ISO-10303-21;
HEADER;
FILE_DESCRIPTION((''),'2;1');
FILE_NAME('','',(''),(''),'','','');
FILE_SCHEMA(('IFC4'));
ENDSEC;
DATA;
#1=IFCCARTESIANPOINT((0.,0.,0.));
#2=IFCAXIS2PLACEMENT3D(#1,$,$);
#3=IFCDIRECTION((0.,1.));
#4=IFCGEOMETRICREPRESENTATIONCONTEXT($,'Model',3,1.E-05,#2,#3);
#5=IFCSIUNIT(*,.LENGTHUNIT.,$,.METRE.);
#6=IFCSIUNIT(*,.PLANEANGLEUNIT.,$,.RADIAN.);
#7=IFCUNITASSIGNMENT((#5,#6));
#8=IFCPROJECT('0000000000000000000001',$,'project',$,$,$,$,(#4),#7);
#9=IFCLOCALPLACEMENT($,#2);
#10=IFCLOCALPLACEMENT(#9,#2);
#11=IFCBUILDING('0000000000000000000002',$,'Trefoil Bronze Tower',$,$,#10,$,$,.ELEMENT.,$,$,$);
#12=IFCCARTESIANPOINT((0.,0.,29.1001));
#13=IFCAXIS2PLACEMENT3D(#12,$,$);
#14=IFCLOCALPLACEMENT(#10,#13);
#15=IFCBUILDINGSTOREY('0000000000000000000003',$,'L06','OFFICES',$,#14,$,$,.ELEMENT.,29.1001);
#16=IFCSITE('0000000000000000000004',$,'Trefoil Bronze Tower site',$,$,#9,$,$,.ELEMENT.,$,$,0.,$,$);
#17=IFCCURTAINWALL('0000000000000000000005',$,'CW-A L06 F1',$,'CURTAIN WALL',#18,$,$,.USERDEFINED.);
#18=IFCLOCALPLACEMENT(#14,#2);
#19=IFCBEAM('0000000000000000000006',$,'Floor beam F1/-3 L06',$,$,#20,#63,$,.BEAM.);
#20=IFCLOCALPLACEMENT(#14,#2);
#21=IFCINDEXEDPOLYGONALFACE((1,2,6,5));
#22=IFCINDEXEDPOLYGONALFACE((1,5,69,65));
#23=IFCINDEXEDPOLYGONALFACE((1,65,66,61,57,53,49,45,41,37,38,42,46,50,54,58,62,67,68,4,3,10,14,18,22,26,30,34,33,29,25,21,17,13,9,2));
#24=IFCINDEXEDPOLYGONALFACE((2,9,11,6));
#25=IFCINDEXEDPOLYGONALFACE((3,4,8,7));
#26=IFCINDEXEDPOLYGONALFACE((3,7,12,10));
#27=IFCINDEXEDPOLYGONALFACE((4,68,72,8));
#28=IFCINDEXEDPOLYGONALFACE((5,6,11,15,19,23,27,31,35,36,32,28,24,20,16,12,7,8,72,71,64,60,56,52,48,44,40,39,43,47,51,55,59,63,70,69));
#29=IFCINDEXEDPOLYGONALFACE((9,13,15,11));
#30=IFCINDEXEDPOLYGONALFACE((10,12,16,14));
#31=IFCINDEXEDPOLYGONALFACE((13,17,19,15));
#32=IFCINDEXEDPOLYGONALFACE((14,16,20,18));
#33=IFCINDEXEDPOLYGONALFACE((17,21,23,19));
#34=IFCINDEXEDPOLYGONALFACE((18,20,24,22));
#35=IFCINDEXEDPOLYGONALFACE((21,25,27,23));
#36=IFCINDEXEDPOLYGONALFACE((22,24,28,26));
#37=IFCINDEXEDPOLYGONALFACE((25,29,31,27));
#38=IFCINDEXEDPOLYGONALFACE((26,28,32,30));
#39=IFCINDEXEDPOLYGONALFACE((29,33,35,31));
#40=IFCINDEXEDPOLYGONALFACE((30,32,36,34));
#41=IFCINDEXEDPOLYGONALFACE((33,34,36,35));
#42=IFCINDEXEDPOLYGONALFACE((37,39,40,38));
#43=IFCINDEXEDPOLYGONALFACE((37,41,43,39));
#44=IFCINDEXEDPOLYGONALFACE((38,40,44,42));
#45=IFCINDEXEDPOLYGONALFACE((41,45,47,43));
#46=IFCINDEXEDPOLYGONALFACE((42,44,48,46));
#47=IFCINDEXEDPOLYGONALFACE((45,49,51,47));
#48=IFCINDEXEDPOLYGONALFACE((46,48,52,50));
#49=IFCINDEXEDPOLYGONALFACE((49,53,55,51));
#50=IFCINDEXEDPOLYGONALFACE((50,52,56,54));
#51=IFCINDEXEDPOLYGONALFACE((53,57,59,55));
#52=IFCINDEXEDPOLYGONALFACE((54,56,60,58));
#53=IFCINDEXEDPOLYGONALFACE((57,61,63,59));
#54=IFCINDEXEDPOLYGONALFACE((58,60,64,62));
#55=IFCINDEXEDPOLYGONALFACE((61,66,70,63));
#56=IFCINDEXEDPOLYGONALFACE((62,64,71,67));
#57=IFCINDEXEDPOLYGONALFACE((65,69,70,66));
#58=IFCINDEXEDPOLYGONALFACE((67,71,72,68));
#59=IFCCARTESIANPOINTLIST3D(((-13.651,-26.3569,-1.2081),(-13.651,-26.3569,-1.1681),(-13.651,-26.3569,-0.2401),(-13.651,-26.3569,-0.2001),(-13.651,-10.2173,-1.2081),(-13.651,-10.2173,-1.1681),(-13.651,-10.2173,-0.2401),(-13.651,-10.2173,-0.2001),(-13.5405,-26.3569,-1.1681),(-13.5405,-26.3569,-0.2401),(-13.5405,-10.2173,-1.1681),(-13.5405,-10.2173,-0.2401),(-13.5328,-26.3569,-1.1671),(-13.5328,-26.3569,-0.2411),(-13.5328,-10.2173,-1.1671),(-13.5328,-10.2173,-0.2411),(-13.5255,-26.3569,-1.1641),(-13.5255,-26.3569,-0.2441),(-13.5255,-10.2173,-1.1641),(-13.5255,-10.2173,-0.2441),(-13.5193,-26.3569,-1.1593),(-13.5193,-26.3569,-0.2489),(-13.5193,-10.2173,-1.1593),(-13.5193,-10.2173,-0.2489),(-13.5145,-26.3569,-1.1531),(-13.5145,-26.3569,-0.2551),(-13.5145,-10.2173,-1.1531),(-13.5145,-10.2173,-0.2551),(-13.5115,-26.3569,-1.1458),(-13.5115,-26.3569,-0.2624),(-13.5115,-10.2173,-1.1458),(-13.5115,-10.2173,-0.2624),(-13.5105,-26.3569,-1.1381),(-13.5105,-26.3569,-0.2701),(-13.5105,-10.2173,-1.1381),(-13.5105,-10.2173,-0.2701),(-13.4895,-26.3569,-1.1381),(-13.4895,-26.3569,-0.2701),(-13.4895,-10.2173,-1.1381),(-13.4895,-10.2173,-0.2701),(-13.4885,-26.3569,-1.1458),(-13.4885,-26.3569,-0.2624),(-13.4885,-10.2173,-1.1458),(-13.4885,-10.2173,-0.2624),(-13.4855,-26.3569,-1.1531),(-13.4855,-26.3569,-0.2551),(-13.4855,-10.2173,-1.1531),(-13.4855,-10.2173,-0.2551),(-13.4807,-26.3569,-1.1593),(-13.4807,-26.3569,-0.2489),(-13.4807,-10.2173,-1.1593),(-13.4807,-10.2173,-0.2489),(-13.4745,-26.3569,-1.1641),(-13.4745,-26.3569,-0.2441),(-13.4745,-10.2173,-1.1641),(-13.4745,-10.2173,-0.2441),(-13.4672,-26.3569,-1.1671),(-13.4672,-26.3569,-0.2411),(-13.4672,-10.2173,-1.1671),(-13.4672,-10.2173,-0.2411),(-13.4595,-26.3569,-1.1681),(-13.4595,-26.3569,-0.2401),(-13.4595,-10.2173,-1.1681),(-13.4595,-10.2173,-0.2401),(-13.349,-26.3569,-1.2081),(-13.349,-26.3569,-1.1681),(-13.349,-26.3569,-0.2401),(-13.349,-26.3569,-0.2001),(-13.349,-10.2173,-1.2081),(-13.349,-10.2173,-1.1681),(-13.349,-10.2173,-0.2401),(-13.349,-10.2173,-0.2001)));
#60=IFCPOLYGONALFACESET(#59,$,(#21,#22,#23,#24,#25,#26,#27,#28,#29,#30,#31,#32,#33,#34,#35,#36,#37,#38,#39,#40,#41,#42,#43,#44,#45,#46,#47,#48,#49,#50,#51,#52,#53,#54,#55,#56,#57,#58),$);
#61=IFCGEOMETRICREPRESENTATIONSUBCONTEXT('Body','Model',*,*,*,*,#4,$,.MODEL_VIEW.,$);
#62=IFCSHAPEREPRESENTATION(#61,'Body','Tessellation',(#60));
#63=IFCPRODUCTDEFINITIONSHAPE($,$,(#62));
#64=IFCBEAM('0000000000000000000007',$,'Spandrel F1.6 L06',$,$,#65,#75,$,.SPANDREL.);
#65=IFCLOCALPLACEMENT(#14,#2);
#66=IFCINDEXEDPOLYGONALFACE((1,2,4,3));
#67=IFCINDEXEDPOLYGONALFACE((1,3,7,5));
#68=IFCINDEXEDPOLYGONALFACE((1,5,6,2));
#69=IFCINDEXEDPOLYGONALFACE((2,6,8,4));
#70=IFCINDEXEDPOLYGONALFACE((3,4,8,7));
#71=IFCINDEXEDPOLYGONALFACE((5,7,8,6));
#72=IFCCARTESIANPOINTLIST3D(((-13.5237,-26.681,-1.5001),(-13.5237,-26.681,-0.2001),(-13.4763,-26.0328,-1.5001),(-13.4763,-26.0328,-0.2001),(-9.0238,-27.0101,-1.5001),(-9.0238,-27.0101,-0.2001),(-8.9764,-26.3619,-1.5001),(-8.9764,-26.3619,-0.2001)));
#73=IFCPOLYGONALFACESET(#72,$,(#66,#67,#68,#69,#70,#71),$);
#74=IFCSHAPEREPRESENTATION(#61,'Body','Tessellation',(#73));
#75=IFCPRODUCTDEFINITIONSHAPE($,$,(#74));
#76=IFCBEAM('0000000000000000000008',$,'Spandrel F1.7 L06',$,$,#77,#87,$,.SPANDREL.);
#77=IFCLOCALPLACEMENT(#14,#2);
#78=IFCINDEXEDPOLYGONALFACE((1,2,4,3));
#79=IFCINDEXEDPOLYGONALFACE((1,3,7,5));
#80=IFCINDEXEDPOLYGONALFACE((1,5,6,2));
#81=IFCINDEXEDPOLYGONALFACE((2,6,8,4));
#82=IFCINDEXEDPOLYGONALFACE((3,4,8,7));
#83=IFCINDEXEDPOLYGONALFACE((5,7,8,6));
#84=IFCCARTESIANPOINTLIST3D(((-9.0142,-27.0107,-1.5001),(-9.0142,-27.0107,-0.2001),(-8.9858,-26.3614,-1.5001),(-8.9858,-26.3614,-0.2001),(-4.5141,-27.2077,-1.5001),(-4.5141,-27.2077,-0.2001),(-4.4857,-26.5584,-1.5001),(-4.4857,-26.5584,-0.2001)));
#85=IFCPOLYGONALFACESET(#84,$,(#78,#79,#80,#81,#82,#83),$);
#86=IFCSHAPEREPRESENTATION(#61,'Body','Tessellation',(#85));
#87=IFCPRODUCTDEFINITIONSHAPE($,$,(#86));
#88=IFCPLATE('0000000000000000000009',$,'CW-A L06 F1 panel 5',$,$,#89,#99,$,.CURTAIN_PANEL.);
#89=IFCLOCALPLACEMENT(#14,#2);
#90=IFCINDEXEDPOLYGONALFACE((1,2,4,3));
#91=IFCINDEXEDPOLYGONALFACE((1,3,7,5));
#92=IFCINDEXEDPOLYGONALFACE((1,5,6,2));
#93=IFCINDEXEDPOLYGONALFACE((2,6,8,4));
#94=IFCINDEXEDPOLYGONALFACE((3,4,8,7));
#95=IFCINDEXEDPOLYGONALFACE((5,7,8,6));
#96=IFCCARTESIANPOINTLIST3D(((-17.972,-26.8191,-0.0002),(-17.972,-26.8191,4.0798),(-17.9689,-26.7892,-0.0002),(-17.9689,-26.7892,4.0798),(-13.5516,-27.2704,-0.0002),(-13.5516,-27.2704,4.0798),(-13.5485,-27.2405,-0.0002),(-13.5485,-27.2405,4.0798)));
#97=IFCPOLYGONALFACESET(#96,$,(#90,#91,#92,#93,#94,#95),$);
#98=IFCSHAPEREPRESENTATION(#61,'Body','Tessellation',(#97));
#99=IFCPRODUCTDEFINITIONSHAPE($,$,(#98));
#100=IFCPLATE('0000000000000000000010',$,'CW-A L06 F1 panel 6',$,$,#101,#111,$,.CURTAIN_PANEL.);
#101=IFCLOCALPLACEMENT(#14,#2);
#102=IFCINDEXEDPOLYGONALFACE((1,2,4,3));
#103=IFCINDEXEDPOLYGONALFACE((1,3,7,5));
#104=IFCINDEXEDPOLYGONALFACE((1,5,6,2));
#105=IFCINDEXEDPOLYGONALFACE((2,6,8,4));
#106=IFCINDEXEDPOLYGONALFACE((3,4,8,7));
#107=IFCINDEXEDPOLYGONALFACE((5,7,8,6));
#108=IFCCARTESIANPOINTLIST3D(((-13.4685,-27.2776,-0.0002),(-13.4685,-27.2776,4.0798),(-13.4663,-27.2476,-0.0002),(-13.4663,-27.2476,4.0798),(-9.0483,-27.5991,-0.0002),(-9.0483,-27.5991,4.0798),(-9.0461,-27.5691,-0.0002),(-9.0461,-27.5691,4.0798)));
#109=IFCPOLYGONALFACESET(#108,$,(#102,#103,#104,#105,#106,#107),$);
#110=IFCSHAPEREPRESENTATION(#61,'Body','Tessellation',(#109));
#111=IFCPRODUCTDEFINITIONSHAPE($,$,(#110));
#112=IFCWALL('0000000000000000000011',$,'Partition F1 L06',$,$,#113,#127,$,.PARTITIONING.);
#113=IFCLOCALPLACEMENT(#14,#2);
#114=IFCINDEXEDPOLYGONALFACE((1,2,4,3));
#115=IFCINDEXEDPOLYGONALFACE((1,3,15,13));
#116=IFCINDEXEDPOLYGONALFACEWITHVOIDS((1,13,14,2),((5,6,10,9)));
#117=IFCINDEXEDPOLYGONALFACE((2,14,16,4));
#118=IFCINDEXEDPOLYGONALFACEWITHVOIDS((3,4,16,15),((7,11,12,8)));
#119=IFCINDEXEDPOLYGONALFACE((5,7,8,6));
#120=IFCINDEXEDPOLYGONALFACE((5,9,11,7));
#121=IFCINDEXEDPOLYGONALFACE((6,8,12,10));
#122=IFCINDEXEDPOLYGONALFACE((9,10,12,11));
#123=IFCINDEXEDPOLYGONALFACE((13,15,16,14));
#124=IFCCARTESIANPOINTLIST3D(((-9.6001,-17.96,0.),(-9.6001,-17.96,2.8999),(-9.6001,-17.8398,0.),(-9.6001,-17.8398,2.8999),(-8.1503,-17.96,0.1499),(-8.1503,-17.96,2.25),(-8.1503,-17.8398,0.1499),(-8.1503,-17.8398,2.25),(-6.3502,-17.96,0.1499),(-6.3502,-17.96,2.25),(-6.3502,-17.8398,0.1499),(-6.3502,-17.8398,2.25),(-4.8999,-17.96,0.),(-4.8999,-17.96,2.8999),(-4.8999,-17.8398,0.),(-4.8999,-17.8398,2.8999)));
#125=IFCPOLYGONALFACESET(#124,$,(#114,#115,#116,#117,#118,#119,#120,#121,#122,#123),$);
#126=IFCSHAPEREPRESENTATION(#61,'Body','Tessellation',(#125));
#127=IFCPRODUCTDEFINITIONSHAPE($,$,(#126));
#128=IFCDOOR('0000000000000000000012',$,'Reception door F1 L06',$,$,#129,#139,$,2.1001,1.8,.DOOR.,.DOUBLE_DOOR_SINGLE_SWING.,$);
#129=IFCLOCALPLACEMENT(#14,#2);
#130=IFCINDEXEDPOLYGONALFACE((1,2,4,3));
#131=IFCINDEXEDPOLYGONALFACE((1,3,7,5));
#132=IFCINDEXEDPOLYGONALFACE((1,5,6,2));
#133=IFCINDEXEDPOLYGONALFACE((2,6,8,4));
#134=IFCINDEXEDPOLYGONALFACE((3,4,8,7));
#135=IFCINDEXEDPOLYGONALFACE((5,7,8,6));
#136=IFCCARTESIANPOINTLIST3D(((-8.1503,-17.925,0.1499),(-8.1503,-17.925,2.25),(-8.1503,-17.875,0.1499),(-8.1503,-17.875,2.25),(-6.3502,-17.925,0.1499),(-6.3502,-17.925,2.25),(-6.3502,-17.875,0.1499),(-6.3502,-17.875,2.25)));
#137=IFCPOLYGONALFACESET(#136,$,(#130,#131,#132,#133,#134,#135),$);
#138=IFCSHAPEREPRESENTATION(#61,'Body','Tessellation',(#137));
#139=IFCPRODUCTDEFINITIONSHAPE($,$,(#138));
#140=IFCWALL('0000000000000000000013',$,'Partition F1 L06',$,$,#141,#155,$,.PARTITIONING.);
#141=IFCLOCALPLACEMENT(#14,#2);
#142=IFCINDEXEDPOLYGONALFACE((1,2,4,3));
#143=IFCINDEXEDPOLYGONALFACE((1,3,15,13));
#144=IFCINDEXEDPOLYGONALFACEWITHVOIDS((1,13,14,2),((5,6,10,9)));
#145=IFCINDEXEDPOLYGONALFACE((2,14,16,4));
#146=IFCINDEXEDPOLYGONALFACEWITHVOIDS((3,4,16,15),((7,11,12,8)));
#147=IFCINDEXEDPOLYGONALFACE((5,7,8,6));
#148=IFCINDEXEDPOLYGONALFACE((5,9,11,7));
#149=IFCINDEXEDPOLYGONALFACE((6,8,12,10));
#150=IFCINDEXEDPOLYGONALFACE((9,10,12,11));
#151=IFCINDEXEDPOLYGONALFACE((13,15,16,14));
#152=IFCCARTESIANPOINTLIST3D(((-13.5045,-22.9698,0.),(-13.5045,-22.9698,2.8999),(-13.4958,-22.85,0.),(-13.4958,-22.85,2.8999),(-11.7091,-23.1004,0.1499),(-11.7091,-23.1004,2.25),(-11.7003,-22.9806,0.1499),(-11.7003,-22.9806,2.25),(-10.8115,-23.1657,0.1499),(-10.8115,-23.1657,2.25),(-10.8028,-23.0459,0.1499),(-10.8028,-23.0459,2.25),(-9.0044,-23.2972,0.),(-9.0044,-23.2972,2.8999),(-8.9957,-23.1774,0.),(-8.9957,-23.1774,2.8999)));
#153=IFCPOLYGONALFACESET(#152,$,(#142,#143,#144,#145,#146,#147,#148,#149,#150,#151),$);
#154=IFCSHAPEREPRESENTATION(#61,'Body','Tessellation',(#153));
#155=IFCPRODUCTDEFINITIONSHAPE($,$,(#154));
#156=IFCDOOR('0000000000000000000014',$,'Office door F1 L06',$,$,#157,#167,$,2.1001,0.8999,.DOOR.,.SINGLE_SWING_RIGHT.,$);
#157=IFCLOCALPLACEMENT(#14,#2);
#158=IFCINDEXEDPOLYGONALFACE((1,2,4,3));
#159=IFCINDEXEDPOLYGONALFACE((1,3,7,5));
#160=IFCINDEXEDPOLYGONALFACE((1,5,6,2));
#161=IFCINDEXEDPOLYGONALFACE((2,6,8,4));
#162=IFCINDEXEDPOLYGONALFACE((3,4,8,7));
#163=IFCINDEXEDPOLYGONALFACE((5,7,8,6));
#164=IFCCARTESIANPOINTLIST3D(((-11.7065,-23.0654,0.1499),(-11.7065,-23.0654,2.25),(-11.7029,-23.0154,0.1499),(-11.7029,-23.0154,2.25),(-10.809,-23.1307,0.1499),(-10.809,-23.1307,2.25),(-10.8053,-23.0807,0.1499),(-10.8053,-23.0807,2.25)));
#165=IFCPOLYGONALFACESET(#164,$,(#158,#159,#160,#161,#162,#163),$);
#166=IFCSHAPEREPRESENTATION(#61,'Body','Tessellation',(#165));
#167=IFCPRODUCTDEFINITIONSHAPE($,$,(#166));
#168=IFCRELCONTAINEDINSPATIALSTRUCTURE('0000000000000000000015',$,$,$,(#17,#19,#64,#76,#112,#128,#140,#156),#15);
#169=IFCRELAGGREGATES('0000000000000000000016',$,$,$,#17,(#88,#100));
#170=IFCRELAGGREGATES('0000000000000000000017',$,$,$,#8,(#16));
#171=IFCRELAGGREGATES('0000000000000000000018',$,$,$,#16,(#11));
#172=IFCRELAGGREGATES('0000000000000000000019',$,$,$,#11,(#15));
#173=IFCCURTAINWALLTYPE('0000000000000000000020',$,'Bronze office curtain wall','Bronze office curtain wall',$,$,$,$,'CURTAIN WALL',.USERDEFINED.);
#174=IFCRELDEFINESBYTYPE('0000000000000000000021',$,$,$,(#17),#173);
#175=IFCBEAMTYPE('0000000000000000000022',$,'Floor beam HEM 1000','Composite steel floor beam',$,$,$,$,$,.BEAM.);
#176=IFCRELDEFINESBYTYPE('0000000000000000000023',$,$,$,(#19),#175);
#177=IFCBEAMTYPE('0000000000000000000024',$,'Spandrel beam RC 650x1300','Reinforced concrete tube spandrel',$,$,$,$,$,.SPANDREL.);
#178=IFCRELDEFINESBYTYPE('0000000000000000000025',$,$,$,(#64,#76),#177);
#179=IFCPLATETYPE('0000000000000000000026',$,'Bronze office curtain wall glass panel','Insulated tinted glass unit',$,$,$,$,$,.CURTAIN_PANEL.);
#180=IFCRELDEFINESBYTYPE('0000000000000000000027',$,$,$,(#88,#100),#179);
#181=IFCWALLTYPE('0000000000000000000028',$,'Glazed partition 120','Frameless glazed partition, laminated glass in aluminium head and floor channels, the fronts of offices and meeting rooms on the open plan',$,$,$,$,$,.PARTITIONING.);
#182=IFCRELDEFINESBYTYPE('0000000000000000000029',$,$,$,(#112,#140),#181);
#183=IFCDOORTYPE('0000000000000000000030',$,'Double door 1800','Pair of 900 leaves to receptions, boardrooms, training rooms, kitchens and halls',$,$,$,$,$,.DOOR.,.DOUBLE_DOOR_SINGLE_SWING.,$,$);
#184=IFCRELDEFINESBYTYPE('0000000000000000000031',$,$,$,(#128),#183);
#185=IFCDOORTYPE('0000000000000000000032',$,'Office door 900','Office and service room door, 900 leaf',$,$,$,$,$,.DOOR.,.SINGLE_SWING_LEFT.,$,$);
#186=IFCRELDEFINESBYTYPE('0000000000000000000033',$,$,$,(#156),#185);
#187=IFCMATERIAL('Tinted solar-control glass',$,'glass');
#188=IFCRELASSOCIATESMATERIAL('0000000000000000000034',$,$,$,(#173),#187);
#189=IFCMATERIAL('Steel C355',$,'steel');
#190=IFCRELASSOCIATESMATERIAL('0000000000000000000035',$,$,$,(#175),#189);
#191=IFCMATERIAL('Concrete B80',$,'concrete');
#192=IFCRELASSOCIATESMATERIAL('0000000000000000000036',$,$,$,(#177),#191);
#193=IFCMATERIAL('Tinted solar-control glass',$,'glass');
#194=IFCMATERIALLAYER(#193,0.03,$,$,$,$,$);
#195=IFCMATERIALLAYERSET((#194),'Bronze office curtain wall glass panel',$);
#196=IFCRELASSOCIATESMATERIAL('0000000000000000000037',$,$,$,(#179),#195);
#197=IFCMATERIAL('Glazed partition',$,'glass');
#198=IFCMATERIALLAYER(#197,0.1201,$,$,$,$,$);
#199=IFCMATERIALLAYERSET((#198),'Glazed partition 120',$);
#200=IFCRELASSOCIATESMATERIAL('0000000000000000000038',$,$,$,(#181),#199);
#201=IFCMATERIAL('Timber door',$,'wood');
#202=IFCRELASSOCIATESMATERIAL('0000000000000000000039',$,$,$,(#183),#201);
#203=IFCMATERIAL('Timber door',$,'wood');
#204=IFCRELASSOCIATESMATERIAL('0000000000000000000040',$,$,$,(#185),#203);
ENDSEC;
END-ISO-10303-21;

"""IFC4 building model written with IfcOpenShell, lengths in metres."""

from ifc_helpers import new_model, si_unit, direction, frame, frame_2d, origin, origin_2d, place, context, subcontext, project, spatial, rectangle, i_section, extrude, material, layer, layer_set, material_profile, profile_set, type_object, element, fill, aggregate, save


model = new_model("IFC4")

# Units and contexts
model_context = context("Model", 3, precision=1e-05, world=origin(), true_north=direction((0.0, 1.0)))
body_context = subcontext(model_context, "Body", "Model", "MODEL_VIEW")
ifc_project = project(units=[si_unit("LENGTHUNIT", "METRE"), si_unit("PLANEANGLEUNIT", "RADIAN")], contexts=[model_context])

# Site, building, storey
site_placement = place(None, origin())
site = spatial("IfcSite", under=ifc_project, at=site_placement, Name="Trefoil Bronze Tower site", CompositionType="ELEMENT", RefElevation=0.0)
building_placement = place(site_placement, origin())
building = spatial("IfcBuilding", under=site, at=building_placement, Name="Trefoil Bronze Tower", CompositionType="ELEMENT")
storey_placement = place(building_placement, frame((0.0, 0.0, 29.1001)))
storey = spatial("IfcBuildingStorey", under=building, at=storey_placement, Name="L06", Description="OFFICES", CompositionType="ELEMENT", Elevation=29.1001)

# Curtain wall
ifc_material_1 = material(Name="Tinted solar-control glass", Category="glass")
curtain_wall_type = type_object("IfcCurtainWallType", Name="Bronze office curtain wall", Description="Bronze office curtain wall", ElementType="CURTAIN WALL", PredefinedType="USERDEFINED", material=ifc_material_1)
curtain_wall_placement = place(storey_placement, origin())
curtain_wall = element("IfcCurtainWall", 1, at=curtain_wall_placement, inside=storey, type_object=curtain_wall_type, Name="CW-A L06 F1", ObjectType="CURTAIN WALL", PredefinedType="USERDEFINED")

# Beams
ifc_material_2 = material(Name="Steel C355", Category="steel")
ifc_material_profile_1 = material_profile(ifc_material_2, i_section(OverallWidth=0.302, OverallDepth=1.0081, WebThickness=0.021, FlangeThickness=0.04, FilletRadius=0.03, at=origin_2d()), Name="HEM 1000")
ifc_profile_set_1 = profile_set([ifc_material_profile_1], Name="Steel C355")
beam_type_1 = type_object("IfcBeamType", Name="Floor beam HEM 1000", Description="Composite steel floor beam", PredefinedType="BEAM", material=ifc_profile_set_1)
beam_1_placement = place(storey_placement, frame((-13.5, -26.3569, -0.7041), z_axis=(0.0, 1.0, 0.0), x_axis=(-1.0, 0.0, 0.0)))
element("IfcBeam", 2, at=beam_1_placement, inside=storey, type_object=beam_type_1, Name="Floor beam F1/-3 L06", PredefinedType="BEAM", context=body_context, shape_type="SweptSolid", body=[
    extrude(i_section(OverallWidth=0.302, OverallDepth=1.0081, WebThickness=0.021, FlangeThickness=0.04, FilletRadius=0.03, at=origin_2d()), origin(), (0.0, 0.0, 1.0), 16.1396),
])
ifc_material_3 = material(Name="Concrete B80", Category="concrete")
ifc_material_profile_2 = material_profile(ifc_material_3, rectangle(XDim=0.6499, YDim=1.3, at=origin_2d()), Name="RC 650x1300")
ifc_profile_set_2 = profile_set([ifc_material_profile_2], Name="Concrete B80")
beam_type_2 = type_object("IfcBeamType", Name="Spandrel beam RC 650x1300", Description="Reinforced concrete tube spandrel", PredefinedType="SPANDREL", material=ifc_profile_set_2)
beam_2_placement = place(storey_placement, frame((-13.5, -26.3569, -0.8501), z_axis=(0.997336, -0.072939, 0.0), x_axis=(0.072939, 0.997336, 0.0)))
element("IfcBeam", 3, at=beam_2_placement, inside=storey, type_object=beam_type_2, Name="Spandrel F1.6 L06", PredefinedType="SPANDREL", context=body_context, shape_type="SweptSolid", body=[
    extrude(rectangle(XDim=0.6499, YDim=1.3, at=origin_2d()), origin(), (0.0, 0.0, 1.0), 4.512),
])
beam_3_placement = place(storey_placement, frame((-9.0, -26.686, -0.8501), z_axis=(0.999043, -0.043741, 0.0), x_axis=(0.043741, 0.999043, 0.0)))
element("IfcBeam", 4, at=beam_3_placement, inside=storey, type_object=beam_type_2, Name="Spandrel F1.7 L06", PredefinedType="SPANDREL", context=body_context, shape_type="SweptSolid", body=[
    extrude(rectangle(XDim=0.6499, YDim=1.3, at=origin_2d()), origin(), (0.0, 0.0, 1.0), 4.5044),
])

# Plates
ifc_material_4 = material(Name="Tinted solar-control glass", Category="glass")
ifc_layer_1 = layer(ifc_material_4, 0.03)
ifc_layer_set_1 = layer_set([ifc_layer_1], Name="Bronze office curtain wall glass panel")
plate_type = type_object("IfcPlateType", Name="Bronze office curtain wall glass panel", Description="Insulated tinted glass unit", PredefinedType="CURTAIN_PANEL", material=ifc_layer_set_1)
plate_1_placement = place(storey_placement, frame((-15.7603, -27.0298, -0.0002), z_axis=(0.0, 0.0, 1.0), x_axis=(0.994829, -0.101565, 0.0)))
plate_1 = element("IfcPlate", 5, at=plate_1_placement, type_object=plate_type, Name="CW-A L06 F1 panel 5", PredefinedType="CURTAIN_PANEL", context=body_context, shape_type="SweptSolid", body=[
    extrude(rectangle(XDim=4.4434, YDim=0.03, at=origin_2d()), origin(), (0.0, 0.0, 1.0), 4.0801),
])
plate_2_placement = place(storey_placement, frame((-11.2573, -27.4233, -0.0002), z_axis=(0.0, 0.0, 1.0), x_axis=(0.997365, -0.072547, 0.0)))
plate_2 = element("IfcPlate", 6, at=plate_2_placement, type_object=plate_type, Name="CW-A L06 F1 panel 6", PredefinedType="CURTAIN_PANEL", context=body_context, shape_type="SweptSolid", body=[
    extrude(rectangle(XDim=4.4319, YDim=0.03, at=origin_2d()), origin(), (0.0, 0.0, 1.0), 4.0801),
])
aggregate(curtain_wall, [plate_1, plate_2])

# Walls, openings, doors
ifc_material_5 = material(Name="Glazed partition", Category="glass")
ifc_layer_2 = layer(ifc_material_5, 0.1201)
ifc_layer_set_2 = layer_set([ifc_layer_2], Name="Glazed partition 120")
wall_type = type_object("IfcWallType", Name="Glazed partition 120", Description="Frameless glazed partition, laminated glass in aluminium head and floor channels, the fronts of offices and meeting rooms on the open plan", PredefinedType="PARTITIONING", material=ifc_layer_set_2)
wall_1_placement = place(storey_placement, frame((-9.6001, -17.8999, 0.0), z_axis=(0.0, 0.0, 1.0), x_axis=(1.0, 0.0, 0.0)))
wall_1 = element("IfcWall", 7, at=wall_1_placement, inside=storey, type_object=wall_type, Name="Partition F1 L06", PredefinedType="PARTITIONING", context=body_context, shape_type="SweptSolid", body=[
    extrude(rectangle(XDim=4.7002, YDim=0.1201, at=frame_2d((2.3501, 0.0))), origin(), (0.0, 0.0, 1.0), 2.8999),
])
opening_1_placement = place(wall_1_placement, frame((1.45, 0.0, 0.1499)))
opening_1 = element("IfcOpeningElement", 8, at=opening_1_placement, cuts=wall_1, PredefinedType="OPENING", context=body_context, shape_type="SweptSolid", body=[
    extrude(rectangle(XDim=1.8, YDim=2.1001, at=frame_2d((0.8999, 1.05))), frame((0.0, 0.0701, 0.0), z_axis=(0.0, -1.0, 0.0), x_axis=(1.0, 0.0, 0.0)), (0.0, 0.0, 1.0), 0.1401),
])
ifc_material_6 = material(Name="Timber door", Category="wood")
door_type_1 = type_object("IfcDoorType", Name="Double door 1800", Description="Pair of 900 leaves to receptions, boardrooms, training rooms, kitchens and halls", OperationType="DOUBLE_DOOR_SINGLE_SWING", PredefinedType="DOOR", material=ifc_material_6)
door_1_placement = place(opening_1_placement, origin())
door_1 = element("IfcDoor", 9, at=door_1_placement, inside=storey, type_object=door_type_1, Name="Reception door F1 L06", OperationType="DOUBLE_DOOR_SINGLE_SWING", OverallHeight=2.1001, OverallWidth=1.8, PredefinedType="DOOR", context=body_context, shape_type="SweptSolid", body=[
    extrude(rectangle(XDim=1.8, YDim=2.1001, at=frame_2d((0.8999, 1.05))), frame((0.0, 0.0249, 0.0), z_axis=(0.0, -1.0, 0.0), x_axis=(1.0, 0.0, 0.0)), (0.0, 0.0, 1.0), 0.05),
])
fill(opening_1, door_1)
wall_2_placement = place(storey_placement, frame((-13.5, -22.9099, 0.0), z_axis=(0.0, 0.0, 1.0), x_axis=(0.997364, -0.072562, 0.0)))
wall_2 = element("IfcWall", 10, at=wall_2_placement, inside=storey, type_object=wall_type, Name="Partition F1 L06", PredefinedType="PARTITIONING", context=body_context, shape_type="SweptSolid", body=[
    extrude(rectangle(XDim=4.512, YDim=0.1201, at=frame_2d((2.2559, 0.0))), origin(), (0.0, 0.0, 1.0), 2.8999),
])
opening_2_placement = place(wall_2_placement, frame((1.8, 0.0, 0.1499)))
opening_2 = element("IfcOpeningElement", 11, at=opening_2_placement, cuts=wall_2, PredefinedType="OPENING", context=body_context, shape_type="SweptSolid", body=[
    extrude(rectangle(XDim=0.8999, YDim=2.1001, at=frame_2d((0.45, 1.05))), frame((0.0, 0.0701, 0.0), z_axis=(0.0, -1.0, 0.0), x_axis=(1.0, 0.0, 0.0)), (0.0, 0.0, 1.0), 0.1401),
])
ifc_material_7 = material(Name="Timber door", Category="wood")
door_type_2 = type_object("IfcDoorType", Name="Office door 900", Description="Office and service room door, 900 leaf", OperationType="SINGLE_SWING_LEFT", PredefinedType="DOOR", material=ifc_material_7)
door_2_placement = place(opening_2_placement, frame((0.8999, 0.0, 0.0), z_axis=(0.0, 0.0, 1.0), x_axis=(-1.0, 0.0, 0.0)))
door_2 = element("IfcDoor", 12, at=door_2_placement, inside=storey, type_object=door_type_2, Name="Office door F1 L06", OperationType="SINGLE_SWING_RIGHT", OverallHeight=2.1001, OverallWidth=0.8999, PredefinedType="DOOR", context=body_context, shape_type="SweptSolid", body=[
    extrude(rectangle(XDim=0.8999, YDim=2.1001, at=frame_2d((0.45, 1.05))), frame((0.0, 0.0249, 0.0), z_axis=(0.0, -1.0, 0.0), x_axis=(1.0, 0.0, 0.0)), (0.0, 0.0, 1.0), 0.05),
])
fill(opening_2, door_2)

save(model, "model.ifc")
